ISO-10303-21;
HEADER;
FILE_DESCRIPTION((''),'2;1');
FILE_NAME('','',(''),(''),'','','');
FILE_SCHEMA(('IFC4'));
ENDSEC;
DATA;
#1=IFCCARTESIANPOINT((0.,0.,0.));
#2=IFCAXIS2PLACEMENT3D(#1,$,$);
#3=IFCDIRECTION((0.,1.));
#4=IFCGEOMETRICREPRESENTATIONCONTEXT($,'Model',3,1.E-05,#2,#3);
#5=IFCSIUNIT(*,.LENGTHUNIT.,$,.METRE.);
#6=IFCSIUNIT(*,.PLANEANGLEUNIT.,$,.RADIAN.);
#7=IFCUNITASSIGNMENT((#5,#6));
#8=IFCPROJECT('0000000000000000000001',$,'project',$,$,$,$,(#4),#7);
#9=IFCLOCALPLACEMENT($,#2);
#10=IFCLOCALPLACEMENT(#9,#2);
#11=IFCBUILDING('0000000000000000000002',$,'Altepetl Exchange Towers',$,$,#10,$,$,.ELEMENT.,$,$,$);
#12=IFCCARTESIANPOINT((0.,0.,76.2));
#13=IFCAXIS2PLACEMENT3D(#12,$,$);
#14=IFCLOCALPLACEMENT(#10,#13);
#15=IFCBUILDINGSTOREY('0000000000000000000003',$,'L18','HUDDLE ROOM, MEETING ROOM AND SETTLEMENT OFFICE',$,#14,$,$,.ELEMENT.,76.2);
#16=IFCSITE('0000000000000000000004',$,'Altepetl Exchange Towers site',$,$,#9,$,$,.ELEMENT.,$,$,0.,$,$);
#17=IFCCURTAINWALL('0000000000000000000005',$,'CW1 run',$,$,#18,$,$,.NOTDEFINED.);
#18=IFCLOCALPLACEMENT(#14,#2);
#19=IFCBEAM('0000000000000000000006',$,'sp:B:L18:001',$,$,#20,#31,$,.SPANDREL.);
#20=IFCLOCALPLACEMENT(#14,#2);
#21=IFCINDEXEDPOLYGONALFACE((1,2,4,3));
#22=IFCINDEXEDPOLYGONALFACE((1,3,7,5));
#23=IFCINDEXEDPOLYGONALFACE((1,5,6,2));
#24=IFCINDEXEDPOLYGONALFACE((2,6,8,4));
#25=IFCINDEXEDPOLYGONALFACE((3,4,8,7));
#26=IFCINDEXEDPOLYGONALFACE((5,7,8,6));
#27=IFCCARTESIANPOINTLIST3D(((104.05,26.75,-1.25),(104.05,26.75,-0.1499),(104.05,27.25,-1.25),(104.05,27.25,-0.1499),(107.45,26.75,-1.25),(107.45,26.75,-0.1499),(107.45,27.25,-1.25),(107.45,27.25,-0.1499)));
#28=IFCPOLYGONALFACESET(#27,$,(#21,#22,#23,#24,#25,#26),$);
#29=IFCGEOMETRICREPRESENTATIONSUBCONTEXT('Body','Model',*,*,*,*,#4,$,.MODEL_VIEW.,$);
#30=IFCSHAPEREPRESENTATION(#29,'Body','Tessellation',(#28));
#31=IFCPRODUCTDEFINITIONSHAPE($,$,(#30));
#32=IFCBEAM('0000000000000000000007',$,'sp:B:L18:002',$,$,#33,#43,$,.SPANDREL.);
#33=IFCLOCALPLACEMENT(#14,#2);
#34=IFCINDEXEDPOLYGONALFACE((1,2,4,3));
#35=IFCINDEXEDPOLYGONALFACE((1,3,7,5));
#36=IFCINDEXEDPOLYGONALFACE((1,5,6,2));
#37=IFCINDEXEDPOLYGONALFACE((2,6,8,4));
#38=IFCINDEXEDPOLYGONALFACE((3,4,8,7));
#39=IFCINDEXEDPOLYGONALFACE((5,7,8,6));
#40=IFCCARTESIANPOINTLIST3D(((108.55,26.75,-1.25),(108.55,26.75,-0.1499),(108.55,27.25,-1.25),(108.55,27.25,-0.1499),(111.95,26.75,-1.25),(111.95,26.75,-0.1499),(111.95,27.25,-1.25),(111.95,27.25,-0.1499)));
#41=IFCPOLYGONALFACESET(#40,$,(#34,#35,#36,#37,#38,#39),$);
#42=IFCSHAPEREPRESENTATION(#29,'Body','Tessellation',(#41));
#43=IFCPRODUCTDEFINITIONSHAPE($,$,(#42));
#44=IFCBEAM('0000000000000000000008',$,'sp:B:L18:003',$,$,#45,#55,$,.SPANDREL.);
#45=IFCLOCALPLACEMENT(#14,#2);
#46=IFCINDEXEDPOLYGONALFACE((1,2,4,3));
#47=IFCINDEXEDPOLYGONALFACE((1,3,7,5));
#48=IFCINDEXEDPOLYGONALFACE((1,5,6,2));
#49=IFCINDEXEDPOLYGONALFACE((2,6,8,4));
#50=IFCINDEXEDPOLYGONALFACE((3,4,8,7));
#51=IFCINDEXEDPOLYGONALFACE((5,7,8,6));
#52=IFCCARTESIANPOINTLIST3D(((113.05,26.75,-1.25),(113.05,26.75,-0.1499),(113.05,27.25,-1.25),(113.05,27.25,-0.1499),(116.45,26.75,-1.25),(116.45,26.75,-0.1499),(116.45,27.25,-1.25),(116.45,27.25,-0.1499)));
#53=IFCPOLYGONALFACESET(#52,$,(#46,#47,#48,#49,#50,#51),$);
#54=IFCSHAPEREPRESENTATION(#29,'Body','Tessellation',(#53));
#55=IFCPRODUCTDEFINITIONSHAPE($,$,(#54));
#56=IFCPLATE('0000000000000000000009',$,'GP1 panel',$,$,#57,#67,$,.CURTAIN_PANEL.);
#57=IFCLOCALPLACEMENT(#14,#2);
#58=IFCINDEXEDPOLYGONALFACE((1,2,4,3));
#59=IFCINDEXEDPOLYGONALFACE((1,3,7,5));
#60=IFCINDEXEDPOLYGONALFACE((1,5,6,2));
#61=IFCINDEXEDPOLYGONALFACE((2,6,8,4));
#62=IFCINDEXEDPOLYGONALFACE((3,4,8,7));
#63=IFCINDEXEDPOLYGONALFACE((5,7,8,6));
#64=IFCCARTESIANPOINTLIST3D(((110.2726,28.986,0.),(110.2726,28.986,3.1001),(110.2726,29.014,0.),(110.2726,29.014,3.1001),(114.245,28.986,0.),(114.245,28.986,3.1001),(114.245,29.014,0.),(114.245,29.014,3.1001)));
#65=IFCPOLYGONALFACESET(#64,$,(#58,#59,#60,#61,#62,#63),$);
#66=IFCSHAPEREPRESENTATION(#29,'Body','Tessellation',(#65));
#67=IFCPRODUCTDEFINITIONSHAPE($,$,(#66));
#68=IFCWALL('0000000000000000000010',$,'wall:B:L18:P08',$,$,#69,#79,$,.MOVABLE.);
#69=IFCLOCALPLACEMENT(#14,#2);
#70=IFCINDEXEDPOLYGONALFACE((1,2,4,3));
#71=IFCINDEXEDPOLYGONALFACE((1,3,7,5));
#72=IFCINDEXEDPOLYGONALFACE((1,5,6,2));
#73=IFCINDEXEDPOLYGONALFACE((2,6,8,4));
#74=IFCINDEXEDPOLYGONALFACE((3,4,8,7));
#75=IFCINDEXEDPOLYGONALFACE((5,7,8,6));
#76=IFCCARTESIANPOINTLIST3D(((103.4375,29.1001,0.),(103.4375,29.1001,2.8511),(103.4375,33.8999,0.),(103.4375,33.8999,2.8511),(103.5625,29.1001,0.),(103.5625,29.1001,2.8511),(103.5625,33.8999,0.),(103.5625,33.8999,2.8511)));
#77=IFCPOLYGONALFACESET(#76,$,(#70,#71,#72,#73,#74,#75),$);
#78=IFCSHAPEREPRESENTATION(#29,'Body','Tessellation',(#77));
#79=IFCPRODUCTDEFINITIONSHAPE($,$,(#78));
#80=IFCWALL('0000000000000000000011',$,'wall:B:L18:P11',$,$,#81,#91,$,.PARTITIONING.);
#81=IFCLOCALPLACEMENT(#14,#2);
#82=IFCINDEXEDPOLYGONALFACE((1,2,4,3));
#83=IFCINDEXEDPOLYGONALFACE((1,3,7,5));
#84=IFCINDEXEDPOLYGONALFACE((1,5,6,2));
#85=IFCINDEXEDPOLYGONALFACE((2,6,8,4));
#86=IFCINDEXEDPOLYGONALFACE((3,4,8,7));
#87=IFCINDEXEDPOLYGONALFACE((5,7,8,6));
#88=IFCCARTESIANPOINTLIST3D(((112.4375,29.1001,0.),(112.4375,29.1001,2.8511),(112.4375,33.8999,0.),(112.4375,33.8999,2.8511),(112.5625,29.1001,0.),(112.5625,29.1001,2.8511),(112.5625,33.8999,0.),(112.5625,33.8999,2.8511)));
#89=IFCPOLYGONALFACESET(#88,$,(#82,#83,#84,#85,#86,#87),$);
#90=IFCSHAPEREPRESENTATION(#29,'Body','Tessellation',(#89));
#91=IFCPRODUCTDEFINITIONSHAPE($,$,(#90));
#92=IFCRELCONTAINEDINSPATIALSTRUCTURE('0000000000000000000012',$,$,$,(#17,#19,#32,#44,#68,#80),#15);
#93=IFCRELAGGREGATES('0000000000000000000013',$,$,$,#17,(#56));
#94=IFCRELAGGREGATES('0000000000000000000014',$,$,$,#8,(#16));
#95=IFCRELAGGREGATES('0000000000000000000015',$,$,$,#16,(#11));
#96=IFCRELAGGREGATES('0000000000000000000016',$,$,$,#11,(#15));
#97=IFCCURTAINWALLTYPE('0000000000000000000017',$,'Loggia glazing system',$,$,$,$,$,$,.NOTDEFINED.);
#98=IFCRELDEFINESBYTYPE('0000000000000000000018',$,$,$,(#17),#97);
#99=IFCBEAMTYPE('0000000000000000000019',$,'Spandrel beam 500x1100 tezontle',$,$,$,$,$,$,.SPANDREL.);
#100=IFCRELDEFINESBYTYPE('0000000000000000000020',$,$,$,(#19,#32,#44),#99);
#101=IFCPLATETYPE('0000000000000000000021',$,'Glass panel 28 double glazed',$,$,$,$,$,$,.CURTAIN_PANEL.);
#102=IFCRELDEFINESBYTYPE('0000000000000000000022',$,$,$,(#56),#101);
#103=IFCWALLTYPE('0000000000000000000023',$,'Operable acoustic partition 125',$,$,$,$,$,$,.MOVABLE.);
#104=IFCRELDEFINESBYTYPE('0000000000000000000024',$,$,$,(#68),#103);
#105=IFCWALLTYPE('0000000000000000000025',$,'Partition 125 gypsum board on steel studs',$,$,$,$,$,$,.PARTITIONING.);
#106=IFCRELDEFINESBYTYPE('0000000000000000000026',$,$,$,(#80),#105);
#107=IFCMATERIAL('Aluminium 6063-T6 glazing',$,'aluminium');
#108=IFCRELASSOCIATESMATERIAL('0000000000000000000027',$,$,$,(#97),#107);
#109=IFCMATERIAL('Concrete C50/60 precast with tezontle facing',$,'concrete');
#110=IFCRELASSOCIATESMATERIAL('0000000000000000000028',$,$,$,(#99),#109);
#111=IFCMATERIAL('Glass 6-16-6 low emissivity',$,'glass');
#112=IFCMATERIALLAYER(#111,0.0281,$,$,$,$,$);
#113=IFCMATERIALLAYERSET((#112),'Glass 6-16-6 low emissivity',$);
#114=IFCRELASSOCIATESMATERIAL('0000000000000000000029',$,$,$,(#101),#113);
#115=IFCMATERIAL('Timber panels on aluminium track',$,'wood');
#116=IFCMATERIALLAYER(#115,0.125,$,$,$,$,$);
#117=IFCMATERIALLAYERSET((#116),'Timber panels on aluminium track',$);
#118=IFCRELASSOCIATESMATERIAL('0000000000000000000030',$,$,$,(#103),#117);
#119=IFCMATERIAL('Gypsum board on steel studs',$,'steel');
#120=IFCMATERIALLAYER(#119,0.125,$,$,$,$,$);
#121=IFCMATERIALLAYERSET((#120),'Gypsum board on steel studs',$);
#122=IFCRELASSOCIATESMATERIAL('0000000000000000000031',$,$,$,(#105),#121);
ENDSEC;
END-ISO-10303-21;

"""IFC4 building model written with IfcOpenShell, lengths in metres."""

from ifc_helpers import new_model, si_unit, direction, frame, frame_2d, origin, origin_2d, place, context, subcontext, project, spatial, rectangle, extrude, material, layer, layer_set, material_profile, profile_set, type_object, element, aggregate, save


model = new_model("IFC4")

# Units and contexts
model_context = context("Model", 3, precision=1e-05, world=origin(), true_north=direction((0.0, 1.0)))
body_context = subcontext(model_context, "Body", "Model", "MODEL_VIEW")
ifc_project = project(units=[si_unit("LENGTHUNIT", "METRE"), si_unit("PLANEANGLEUNIT", "RADIAN")], contexts=[model_context])

# Site, building, storey
site_placement = place(None, origin())
site = spatial("IfcSite", under=ifc_project, at=site_placement, Name="Altepetl Exchange Towers site", CompositionType="ELEMENT", RefElevation=0.0)
building_placement = place(site_placement, origin())
building = spatial("IfcBuilding", under=site, at=building_placement, Name="Altepetl Exchange Towers", CompositionType="ELEMENT")
storey_placement = place(building_placement, frame((0.0, 0.0, 76.2)))
storey = spatial("IfcBuildingStorey", under=building, at=storey_placement, Name="L18", Description="HUDDLE ROOM, MEETING ROOM AND SETTLEMENT OFFICE", CompositionType="ELEMENT", Elevation=76.2)

# Shared definitions
ifc_material_1 = material(Name="Aluminium 6063-T6 glazing", Category="aluminium")
curtain_wall_type = type_object("IfcCurtainWallType", Name="Loggia glazing system", PredefinedType="NOTDEFINED", material=ifc_material_1)

# Curtain wall
curtain_wall_1_placement = place(storey_placement, origin())
curtain_wall_1 = element("IfcCurtainWall", 1, at=curtain_wall_1_placement, inside=storey, type_object=curtain_wall_type, Name="CW1 run", PredefinedType="NOTDEFINED")

# Beams
ifc_material_2 = material(Name="Concrete C50/60 precast with tezontle facing", Category="concrete")
ifc_material_profile_1 = material_profile(ifc_material_2, rectangle(XDim=0.5, YDim=1.1001, at=origin_2d()), Name="500 x 1100")
ifc_profile_set_1 = profile_set([ifc_material_profile_1], Name="Concrete C50/60 precast with tezontle facing")
beam_type_1 = type_object("IfcBeamType", Name="Spandrel beam 500x1100 tezontle", PredefinedType="SPANDREL", material=ifc_profile_set_1)
for number, where, z_axis, x_axis, name in (
    (2, (104.05, 27.0, -0.7), (1.0, 0.0, 0.0), (0.0, 1.0, 0.0), "sp:B:L18:001"),
    (3, (108.55, 27.0, -0.7), (1.0, 0.0, 0.0), (0.0, 1.0, 0.0), "sp:B:L18:002"),
    (4, (113.05, 27.0, -0.7), (1.0, 0.0, 0.0), (0.0, 1.0, 0.0), "sp:B:L18:003"),
):
    element("IfcBeam", number, at=place(storey_placement, frame(where, z_axis=z_axis, x_axis=x_axis)), inside=storey, type_object=beam_type_1, Name=name, PredefinedType="SPANDREL", context=body_context, shape_type="SweptSolid", body=[
        extrude(rectangle(XDim=0.5, YDim=1.1001, at=origin_2d()), origin(), (0.0, 0.0, 1.0), 3.3999),
    ])

# Plate
ifc_material_3 = material(Name="Glass 6-16-6 low emissivity", Category="glass")
ifc_layer_1 = layer(ifc_material_3, 0.0281)
ifc_layer_set_1 = layer_set([ifc_layer_1], Name="Glass 6-16-6 low emissivity")
plate_type = type_object("IfcPlateType", Name="Glass panel 28 double glazed", PredefinedType="CURTAIN_PANEL", material=ifc_layer_set_1)
plate_placement = place(storey_placement, frame((112.2588, 29.0, 0.0)))
plate = element("IfcPlate", 5, at=plate_placement, type_object=plate_type, Name="GP1 panel", PredefinedType="CURTAIN_PANEL", context=body_context, shape_type="SweptSolid", body=[
    extrude(rectangle(XDim=3.9724, YDim=0.0281, at=origin_2d()), origin(), (0.0, 0.0, 1.0), 3.1001),
])
aggregate(curtain_wall_1, [plate])

# Walls
ifc_material_4 = material(Name="Timber panels on aluminium track", Category="wood")
ifc_layer_2 = layer(ifc_material_4, 0.125)
ifc_layer_set_2 = layer_set([ifc_layer_2], Name="Timber panels on aluminium track")
wall_type_1 = type_object("IfcWallType", Name="Operable acoustic partition 125", PredefinedType="MOVABLE", material=ifc_layer_set_2)
wall_1_placement = place(storey_placement, frame((103.5, 29.1001, 0.0), z_axis=(0.0, 0.0, 1.0), x_axis=(0.0, 1.0, 0.0)))
element("IfcWall", 6, at=wall_1_placement, inside=storey, type_object=wall_type_1, Name="wall:B:L18:P08", PredefinedType="MOVABLE", context=body_context, shape_type="SweptSolid", body=[
    extrude(rectangle(XDim=4.7998, YDim=0.125, at=frame_2d((2.3999, 0.0))), origin(), (0.0, 0.0, 1.0), 2.8511),
])
ifc_material_5 = material(Name="Gypsum board on steel studs", Category="steel")
ifc_layer_3 = layer(ifc_material_5, 0.125)
ifc_layer_set_3 = layer_set([ifc_layer_3], Name="Gypsum board on steel studs")
wall_type_2 = type_object("IfcWallType", Name="Partition 125 gypsum board on steel studs", PredefinedType="PARTITIONING", material=ifc_layer_set_3)
wall_2_placement = place(storey_placement, frame((112.5, 29.1001, 0.0), z_axis=(0.0, 0.0, 1.0), x_axis=(0.0, 1.0, 0.0)))
element("IfcWall", 7, at=wall_2_placement, inside=storey, type_object=wall_type_2, Name="wall:B:L18:P11", PredefinedType="PARTITIONING", context=body_context, shape_type="SweptSolid", body=[
    extrude(rectangle(XDim=4.7998, YDim=0.125, at=frame_2d((2.3999, 0.0))), origin(), (0.0, 0.0, 1.0), 2.8511),
])

save(model, "model.ifc")
